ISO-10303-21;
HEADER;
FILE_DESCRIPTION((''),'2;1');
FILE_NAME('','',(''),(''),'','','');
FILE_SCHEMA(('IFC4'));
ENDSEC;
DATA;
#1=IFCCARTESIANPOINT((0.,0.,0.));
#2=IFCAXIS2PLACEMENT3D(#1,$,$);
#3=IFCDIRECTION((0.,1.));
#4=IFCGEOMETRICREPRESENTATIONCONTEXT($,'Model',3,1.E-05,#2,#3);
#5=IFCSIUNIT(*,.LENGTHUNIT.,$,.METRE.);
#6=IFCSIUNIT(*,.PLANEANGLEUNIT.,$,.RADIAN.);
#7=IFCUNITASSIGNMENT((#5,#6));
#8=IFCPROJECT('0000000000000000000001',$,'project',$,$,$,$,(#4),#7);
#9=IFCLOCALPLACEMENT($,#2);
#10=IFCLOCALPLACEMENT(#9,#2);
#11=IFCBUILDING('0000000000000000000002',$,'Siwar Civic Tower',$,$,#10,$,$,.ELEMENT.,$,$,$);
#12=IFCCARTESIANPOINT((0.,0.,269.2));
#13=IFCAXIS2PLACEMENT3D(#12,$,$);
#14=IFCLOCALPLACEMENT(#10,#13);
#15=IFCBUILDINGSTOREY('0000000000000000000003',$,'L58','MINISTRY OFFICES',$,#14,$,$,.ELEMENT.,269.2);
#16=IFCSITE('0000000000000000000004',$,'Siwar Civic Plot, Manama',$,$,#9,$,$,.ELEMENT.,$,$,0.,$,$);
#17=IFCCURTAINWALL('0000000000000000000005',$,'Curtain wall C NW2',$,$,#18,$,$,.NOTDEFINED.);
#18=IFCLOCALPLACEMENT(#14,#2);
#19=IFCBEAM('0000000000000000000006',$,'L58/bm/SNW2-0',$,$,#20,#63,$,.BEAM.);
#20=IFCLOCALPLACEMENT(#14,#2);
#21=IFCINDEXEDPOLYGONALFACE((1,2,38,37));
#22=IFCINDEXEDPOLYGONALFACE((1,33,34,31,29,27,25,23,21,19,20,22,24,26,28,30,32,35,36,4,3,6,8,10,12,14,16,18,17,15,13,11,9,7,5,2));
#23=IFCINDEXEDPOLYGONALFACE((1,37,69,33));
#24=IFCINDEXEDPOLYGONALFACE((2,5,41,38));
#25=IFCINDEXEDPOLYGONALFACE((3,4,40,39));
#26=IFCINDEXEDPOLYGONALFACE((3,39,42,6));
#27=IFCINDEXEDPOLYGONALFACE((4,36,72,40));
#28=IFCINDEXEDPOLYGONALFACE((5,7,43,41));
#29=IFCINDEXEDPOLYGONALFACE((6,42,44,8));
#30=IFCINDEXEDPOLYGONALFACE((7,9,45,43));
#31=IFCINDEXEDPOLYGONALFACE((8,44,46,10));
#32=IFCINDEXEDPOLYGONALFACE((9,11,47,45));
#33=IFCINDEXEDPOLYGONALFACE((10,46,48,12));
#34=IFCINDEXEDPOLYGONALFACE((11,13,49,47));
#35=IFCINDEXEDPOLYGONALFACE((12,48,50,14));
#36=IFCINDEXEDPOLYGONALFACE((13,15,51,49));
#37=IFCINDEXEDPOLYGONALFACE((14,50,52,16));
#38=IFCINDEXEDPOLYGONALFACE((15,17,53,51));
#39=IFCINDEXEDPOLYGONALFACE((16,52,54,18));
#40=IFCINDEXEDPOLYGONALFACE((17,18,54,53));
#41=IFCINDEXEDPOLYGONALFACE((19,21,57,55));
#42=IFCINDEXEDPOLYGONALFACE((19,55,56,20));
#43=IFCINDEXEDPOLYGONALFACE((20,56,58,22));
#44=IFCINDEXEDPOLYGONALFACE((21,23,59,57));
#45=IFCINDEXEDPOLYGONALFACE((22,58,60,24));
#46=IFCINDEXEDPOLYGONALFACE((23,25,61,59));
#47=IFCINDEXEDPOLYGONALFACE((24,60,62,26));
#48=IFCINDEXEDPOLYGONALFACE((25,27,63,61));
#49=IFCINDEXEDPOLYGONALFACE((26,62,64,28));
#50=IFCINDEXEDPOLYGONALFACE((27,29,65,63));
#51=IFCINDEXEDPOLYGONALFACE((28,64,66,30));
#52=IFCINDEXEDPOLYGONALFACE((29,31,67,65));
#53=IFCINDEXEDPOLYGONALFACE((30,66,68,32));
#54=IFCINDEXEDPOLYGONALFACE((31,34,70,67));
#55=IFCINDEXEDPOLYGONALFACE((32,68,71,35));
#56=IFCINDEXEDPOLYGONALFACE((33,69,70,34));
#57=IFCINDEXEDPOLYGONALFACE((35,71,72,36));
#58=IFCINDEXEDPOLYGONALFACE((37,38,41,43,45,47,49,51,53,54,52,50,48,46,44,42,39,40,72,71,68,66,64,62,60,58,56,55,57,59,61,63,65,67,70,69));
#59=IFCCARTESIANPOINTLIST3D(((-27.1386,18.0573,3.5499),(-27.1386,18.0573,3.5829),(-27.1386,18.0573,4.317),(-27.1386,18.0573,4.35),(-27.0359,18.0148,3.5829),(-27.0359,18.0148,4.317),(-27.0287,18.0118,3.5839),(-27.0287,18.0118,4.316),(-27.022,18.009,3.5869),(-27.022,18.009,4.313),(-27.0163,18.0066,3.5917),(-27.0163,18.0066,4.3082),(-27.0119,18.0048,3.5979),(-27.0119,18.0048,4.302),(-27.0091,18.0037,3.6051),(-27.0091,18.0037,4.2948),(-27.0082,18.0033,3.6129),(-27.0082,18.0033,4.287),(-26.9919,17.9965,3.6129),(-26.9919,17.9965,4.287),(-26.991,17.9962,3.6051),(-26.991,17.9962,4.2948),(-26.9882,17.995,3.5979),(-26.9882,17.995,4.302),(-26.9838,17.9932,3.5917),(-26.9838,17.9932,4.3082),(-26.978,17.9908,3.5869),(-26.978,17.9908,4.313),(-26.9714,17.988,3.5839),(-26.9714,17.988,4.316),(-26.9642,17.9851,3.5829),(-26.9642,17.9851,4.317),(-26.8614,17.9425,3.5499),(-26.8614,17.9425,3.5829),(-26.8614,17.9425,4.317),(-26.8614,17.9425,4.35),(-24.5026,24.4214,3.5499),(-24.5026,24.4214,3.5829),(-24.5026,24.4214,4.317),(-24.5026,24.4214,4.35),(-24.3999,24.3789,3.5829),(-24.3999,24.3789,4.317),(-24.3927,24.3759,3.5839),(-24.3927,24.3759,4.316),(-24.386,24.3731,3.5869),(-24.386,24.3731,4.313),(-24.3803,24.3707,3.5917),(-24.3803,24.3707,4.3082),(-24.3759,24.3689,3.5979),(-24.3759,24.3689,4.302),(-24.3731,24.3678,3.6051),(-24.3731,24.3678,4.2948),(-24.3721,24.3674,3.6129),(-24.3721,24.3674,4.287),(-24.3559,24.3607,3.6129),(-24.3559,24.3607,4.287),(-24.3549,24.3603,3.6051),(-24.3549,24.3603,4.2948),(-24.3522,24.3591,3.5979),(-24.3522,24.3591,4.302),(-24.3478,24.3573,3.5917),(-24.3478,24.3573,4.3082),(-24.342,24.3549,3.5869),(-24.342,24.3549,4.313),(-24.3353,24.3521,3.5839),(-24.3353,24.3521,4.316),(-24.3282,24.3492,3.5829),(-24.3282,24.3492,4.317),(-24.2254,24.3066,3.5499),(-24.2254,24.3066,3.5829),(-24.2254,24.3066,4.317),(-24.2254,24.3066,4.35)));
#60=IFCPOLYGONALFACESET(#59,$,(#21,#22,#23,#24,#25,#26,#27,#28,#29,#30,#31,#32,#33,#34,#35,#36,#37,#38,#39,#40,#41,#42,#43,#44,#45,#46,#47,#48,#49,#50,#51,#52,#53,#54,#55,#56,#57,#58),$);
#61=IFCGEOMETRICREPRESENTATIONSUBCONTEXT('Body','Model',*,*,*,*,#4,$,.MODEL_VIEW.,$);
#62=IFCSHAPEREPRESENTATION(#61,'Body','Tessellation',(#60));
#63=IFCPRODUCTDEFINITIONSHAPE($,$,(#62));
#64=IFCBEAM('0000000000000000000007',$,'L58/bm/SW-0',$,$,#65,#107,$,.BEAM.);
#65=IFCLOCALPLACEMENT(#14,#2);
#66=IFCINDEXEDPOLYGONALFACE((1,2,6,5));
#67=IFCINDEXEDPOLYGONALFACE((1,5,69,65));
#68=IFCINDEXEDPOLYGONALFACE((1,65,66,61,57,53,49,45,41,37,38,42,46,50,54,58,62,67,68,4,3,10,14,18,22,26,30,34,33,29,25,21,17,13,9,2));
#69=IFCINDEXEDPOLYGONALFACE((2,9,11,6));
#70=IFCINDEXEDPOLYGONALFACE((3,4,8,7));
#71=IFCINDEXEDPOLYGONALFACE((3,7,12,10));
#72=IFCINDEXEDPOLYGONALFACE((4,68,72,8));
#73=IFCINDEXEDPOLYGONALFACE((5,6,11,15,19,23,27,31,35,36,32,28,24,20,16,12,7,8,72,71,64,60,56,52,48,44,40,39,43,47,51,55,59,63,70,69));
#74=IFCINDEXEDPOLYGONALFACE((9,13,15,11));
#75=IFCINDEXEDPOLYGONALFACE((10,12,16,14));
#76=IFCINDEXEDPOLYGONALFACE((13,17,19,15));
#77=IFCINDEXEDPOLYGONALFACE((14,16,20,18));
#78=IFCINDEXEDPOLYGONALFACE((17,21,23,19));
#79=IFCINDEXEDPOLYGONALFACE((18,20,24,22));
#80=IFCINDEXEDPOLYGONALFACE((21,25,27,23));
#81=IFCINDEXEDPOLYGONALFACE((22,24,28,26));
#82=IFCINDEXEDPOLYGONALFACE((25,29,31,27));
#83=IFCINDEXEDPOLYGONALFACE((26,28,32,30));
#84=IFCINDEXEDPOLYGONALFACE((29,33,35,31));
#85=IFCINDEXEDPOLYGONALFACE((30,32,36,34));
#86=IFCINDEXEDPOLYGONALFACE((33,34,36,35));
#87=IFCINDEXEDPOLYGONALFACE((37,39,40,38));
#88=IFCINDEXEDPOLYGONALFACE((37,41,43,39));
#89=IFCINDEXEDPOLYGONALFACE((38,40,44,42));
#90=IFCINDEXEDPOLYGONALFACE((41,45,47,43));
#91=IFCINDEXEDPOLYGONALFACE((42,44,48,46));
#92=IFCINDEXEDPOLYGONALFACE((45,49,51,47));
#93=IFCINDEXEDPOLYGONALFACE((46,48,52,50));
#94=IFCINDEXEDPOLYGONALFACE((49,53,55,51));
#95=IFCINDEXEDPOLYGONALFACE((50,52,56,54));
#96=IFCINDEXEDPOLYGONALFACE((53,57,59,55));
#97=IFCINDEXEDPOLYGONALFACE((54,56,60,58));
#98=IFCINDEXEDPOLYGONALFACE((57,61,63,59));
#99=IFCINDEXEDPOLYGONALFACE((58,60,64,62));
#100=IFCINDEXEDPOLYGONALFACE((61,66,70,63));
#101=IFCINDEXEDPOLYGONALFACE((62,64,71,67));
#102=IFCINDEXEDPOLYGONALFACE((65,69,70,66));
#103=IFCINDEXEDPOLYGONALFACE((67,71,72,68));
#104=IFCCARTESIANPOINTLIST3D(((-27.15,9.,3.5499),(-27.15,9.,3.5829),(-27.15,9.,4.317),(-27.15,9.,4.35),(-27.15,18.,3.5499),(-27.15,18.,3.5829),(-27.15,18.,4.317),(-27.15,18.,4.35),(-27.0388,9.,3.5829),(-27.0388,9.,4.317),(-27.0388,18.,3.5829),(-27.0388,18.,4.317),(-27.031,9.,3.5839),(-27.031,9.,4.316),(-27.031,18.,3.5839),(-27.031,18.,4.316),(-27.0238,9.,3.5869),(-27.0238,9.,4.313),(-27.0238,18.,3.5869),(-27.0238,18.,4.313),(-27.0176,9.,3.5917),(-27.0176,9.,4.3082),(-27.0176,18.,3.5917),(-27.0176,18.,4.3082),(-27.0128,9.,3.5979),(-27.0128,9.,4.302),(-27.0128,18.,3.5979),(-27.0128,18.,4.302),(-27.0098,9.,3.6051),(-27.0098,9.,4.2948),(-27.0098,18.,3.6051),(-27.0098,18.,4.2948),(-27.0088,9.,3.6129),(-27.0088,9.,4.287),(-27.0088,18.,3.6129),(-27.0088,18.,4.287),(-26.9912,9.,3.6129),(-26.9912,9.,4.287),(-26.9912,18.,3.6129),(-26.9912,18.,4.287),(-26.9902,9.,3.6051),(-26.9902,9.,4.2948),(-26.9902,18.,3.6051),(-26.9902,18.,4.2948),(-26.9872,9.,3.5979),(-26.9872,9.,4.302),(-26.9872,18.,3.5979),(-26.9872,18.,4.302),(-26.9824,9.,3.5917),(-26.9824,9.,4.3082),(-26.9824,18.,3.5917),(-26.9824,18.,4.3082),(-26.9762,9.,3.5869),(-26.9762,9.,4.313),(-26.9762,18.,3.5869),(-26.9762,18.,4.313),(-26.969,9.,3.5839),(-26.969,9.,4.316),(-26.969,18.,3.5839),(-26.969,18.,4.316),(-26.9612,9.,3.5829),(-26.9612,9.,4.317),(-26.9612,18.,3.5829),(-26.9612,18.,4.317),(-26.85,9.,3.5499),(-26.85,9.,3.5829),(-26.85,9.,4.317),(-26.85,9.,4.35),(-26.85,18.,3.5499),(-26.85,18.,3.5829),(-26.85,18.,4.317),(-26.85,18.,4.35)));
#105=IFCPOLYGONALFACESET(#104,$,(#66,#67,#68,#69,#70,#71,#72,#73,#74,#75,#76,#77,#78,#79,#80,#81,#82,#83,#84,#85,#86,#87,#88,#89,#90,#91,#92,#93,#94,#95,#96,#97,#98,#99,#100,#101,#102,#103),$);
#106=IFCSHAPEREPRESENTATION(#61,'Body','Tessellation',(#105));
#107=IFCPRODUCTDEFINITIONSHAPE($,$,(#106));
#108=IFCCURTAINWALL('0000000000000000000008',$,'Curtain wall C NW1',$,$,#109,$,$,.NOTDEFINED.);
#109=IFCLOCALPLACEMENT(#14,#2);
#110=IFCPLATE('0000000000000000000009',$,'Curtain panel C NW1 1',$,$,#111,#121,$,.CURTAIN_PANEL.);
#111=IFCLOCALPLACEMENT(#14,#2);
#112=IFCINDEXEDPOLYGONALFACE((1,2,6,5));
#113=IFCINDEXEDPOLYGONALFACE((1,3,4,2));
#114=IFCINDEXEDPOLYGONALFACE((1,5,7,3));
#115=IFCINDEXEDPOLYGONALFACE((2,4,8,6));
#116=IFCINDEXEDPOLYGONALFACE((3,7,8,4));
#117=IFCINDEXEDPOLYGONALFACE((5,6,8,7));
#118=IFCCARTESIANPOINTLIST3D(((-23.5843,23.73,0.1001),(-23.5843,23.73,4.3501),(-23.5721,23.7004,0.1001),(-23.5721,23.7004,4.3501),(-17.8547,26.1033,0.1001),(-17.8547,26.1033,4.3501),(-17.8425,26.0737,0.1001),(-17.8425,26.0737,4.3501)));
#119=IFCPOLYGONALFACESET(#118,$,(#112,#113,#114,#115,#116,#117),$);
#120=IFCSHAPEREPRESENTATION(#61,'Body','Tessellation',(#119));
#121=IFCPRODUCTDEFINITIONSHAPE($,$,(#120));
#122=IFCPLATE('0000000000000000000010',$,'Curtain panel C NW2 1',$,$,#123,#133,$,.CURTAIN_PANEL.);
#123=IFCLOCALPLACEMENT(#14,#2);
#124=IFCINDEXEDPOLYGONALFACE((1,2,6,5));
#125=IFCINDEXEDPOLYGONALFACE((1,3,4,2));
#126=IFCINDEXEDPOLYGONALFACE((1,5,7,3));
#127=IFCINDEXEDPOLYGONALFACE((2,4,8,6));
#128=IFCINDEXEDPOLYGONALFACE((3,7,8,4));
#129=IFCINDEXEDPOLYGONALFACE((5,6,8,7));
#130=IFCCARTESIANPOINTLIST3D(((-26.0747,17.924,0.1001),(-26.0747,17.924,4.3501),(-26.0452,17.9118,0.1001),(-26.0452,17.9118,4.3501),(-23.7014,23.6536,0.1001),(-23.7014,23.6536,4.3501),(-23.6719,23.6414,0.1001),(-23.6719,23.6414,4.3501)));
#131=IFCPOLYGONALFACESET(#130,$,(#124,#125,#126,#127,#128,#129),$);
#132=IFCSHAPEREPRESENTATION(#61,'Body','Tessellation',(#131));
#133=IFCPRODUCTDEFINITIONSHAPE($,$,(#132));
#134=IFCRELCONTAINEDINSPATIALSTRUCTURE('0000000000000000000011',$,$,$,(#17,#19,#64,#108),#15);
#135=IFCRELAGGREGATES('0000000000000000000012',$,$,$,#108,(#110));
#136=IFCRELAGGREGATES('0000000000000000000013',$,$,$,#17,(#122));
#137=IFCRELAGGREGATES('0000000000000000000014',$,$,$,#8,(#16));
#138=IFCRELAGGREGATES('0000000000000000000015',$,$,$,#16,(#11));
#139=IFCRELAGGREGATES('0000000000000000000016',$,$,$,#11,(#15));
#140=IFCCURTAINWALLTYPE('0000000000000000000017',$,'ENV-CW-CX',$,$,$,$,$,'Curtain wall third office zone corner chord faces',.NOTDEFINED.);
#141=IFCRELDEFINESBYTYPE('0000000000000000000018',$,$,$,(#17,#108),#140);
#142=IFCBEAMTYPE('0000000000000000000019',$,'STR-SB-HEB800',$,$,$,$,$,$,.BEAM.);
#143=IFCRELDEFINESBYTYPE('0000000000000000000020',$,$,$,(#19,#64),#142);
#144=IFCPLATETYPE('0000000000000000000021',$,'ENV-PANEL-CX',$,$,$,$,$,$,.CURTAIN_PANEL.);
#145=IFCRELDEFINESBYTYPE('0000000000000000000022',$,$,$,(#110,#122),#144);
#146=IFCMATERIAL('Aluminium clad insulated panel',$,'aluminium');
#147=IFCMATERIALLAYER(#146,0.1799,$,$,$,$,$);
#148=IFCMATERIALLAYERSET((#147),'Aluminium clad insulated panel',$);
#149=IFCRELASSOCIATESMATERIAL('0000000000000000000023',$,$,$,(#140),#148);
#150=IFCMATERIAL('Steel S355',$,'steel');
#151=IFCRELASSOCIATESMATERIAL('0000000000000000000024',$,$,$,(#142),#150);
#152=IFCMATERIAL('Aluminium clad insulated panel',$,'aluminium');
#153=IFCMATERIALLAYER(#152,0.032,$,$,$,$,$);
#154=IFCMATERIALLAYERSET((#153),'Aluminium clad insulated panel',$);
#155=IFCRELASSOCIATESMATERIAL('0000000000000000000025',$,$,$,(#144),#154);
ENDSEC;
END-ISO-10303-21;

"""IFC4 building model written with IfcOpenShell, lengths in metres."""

from ifc_helpers import new_model, si_unit, direction, frame, origin, origin_2d, place, context, subcontext, project, spatial, rectangle, i_section, extrude, material, layer, layer_set, material_profile, profile_set, type_object, element, aggregate, save


model = new_model("IFC4")

# Units and contexts
model_context = context("Model", 3, precision=1e-05, world=origin(), true_north=direction((0.0, 1.0)))
body_context = subcontext(model_context, "Body", "Model", "MODEL_VIEW")
ifc_project = project(units=[si_unit("LENGTHUNIT", "METRE"), si_unit("PLANEANGLEUNIT", "RADIAN")], contexts=[model_context])

# Site, building, storey
site_placement = place(None, origin())
site = spatial("IfcSite", under=ifc_project, at=site_placement, Name="Siwar Civic Plot, Manama", CompositionType="ELEMENT", RefElevation=0.0)
building_placement = place(site_placement, origin())
building = spatial("IfcBuilding", under=site, at=building_placement, Name="Siwar Civic Tower", CompositionType="ELEMENT")
storey_placement = place(building_placement, frame((0.0, 0.0, 269.2)))
storey = spatial("IfcBuildingStorey", under=building, at=storey_placement, Name="L58", Description="MINISTRY OFFICES", CompositionType="ELEMENT", Elevation=269.2)

# Curtain wall
ifc_material_1 = material(Name="Aluminium clad insulated panel", Category="aluminium")
ifc_layer_1 = layer(ifc_material_1, 0.1799)
ifc_layer_set_1 = layer_set([ifc_layer_1], Name="Aluminium clad insulated panel")
curtain_wall_type_1 = type_object("IfcCurtainWallType", Name="ENV-CW-CX", ElementType="Curtain wall third office zone corner chord faces", PredefinedType="NOTDEFINED", material=ifc_layer_set_1)
curtain_wall_1_placement = place(storey_placement, origin())
curtain_wall_1 = element("IfcCurtainWall", 1, at=curtain_wall_1_placement, inside=storey, type_object=curtain_wall_type_1, Name="Curtain wall C NW2", PredefinedType="NOTDEFINED")

# Beams
ifc_material_2 = material(Name="Steel S355", Category="steel")
ifc_material_profile_1 = material_profile(ifc_material_2, i_section(OverallWidth=0.3, OverallDepth=0.8, WebThickness=0.0176, FlangeThickness=0.033, FilletRadius=0.03, at=origin_2d()), Name="HEB800")
ifc_profile_set_1 = profile_set([ifc_material_profile_1], Name="Steel S355")
beam_type_1 = type_object("IfcBeamType", Name="STR-SB-HEB800", PredefinedType="BEAM", material=ifc_profile_set_1)
beam_1_placement = place(storey_placement, frame((-24.364, 24.364, 3.95), z_axis=(-0.382674, -0.923883, 0.0), x_axis=(0.923883, -0.382674, 0.0)))
element("IfcBeam", 2, at=beam_1_placement, inside=storey, type_object=beam_type_1, Name="L58/bm/SNW2-0", PredefinedType="BEAM", context=body_context, shape_type="SweptSolid", body=[
    extrude(i_section(OverallWidth=0.3, OverallDepth=0.8, WebThickness=0.0176, FlangeThickness=0.033, FilletRadius=0.03, at=origin_2d()), origin(), (0.0, 0.0, 1.0), 6.8884),
])
beam_2_placement = place(storey_placement, frame((-27.0, 18.0, 3.95), z_axis=(0.0, -1.0, 0.0), x_axis=(1.0, 0.0, 0.0)))
element("IfcBeam", 3, at=beam_2_placement, inside=storey, type_object=beam_type_1, Name="L58/bm/SW-0", PredefinedType="BEAM", context=body_context, shape_type="SweptSolid", body=[
    extrude(i_section(OverallWidth=0.3, OverallDepth=0.8, WebThickness=0.0176, FlangeThickness=0.033, FilletRadius=0.03, at=origin_2d()), origin(), (0.0, 0.0, 1.0), 9.0),
])

# Curtain wall, plate
curtain_wall_2_placement = place(storey_placement, origin())
curtain_wall_2 = element("IfcCurtainWall", 4, at=curtain_wall_2_placement, inside=storey, type_object=curtain_wall_type_1, Name="Curtain wall C NW1", PredefinedType="NOTDEFINED")
ifc_material_3 = material(Name="Aluminium clad insulated panel", Category="aluminium")
ifc_layer_2 = layer(ifc_material_3, 0.032)
ifc_layer_set_2 = layer_set([ifc_layer_2], Name="Aluminium clad insulated panel")
plate_type = type_object("IfcPlateType", Name="ENV-PANEL-CX", PredefinedType="CURTAIN_PANEL", material=ifc_layer_set_2)
plate_1_placement = place(storey_placement, frame((-20.7134, 24.9019, 0.1001), z_axis=(0.0, 0.0, 1.0), x_axis=(-0.92388, -0.382683, 0.0)))
plate_1 = element("IfcPlate", 5, at=plate_1_placement, type_object=plate_type, Name="Curtain panel C NW1 1", PredefinedType="CURTAIN_PANEL", context=body_context, shape_type="SweptSolid", body=[
    extrude(rectangle(XDim=6.2017, YDim=0.032, at=origin_2d()), origin(), (0.0, 0.0, 1.0), 4.25),
])
aggregate(curtain_wall_2, [plate_1])

# Plate
plate_2_placement = place(storey_placement, frame((-24.8733, 20.7827, 0.1001), z_axis=(0.0, 0.0, 1.0), x_axis=(-0.382683, -0.92388, 0.0)))
plate_2 = element("IfcPlate", 6, at=plate_2_placement, type_object=plate_type, Name="Curtain panel C NW2 1", PredefinedType="CURTAIN_PANEL", context=body_context, shape_type="SweptSolid", body=[
    extrude(rectangle(XDim=6.2017, YDim=0.032, at=origin_2d()), origin(), (0.0, 0.0, 1.0), 4.25),
])
aggregate(curtain_wall_1, [plate_2])

save(model, "model.ifc")
